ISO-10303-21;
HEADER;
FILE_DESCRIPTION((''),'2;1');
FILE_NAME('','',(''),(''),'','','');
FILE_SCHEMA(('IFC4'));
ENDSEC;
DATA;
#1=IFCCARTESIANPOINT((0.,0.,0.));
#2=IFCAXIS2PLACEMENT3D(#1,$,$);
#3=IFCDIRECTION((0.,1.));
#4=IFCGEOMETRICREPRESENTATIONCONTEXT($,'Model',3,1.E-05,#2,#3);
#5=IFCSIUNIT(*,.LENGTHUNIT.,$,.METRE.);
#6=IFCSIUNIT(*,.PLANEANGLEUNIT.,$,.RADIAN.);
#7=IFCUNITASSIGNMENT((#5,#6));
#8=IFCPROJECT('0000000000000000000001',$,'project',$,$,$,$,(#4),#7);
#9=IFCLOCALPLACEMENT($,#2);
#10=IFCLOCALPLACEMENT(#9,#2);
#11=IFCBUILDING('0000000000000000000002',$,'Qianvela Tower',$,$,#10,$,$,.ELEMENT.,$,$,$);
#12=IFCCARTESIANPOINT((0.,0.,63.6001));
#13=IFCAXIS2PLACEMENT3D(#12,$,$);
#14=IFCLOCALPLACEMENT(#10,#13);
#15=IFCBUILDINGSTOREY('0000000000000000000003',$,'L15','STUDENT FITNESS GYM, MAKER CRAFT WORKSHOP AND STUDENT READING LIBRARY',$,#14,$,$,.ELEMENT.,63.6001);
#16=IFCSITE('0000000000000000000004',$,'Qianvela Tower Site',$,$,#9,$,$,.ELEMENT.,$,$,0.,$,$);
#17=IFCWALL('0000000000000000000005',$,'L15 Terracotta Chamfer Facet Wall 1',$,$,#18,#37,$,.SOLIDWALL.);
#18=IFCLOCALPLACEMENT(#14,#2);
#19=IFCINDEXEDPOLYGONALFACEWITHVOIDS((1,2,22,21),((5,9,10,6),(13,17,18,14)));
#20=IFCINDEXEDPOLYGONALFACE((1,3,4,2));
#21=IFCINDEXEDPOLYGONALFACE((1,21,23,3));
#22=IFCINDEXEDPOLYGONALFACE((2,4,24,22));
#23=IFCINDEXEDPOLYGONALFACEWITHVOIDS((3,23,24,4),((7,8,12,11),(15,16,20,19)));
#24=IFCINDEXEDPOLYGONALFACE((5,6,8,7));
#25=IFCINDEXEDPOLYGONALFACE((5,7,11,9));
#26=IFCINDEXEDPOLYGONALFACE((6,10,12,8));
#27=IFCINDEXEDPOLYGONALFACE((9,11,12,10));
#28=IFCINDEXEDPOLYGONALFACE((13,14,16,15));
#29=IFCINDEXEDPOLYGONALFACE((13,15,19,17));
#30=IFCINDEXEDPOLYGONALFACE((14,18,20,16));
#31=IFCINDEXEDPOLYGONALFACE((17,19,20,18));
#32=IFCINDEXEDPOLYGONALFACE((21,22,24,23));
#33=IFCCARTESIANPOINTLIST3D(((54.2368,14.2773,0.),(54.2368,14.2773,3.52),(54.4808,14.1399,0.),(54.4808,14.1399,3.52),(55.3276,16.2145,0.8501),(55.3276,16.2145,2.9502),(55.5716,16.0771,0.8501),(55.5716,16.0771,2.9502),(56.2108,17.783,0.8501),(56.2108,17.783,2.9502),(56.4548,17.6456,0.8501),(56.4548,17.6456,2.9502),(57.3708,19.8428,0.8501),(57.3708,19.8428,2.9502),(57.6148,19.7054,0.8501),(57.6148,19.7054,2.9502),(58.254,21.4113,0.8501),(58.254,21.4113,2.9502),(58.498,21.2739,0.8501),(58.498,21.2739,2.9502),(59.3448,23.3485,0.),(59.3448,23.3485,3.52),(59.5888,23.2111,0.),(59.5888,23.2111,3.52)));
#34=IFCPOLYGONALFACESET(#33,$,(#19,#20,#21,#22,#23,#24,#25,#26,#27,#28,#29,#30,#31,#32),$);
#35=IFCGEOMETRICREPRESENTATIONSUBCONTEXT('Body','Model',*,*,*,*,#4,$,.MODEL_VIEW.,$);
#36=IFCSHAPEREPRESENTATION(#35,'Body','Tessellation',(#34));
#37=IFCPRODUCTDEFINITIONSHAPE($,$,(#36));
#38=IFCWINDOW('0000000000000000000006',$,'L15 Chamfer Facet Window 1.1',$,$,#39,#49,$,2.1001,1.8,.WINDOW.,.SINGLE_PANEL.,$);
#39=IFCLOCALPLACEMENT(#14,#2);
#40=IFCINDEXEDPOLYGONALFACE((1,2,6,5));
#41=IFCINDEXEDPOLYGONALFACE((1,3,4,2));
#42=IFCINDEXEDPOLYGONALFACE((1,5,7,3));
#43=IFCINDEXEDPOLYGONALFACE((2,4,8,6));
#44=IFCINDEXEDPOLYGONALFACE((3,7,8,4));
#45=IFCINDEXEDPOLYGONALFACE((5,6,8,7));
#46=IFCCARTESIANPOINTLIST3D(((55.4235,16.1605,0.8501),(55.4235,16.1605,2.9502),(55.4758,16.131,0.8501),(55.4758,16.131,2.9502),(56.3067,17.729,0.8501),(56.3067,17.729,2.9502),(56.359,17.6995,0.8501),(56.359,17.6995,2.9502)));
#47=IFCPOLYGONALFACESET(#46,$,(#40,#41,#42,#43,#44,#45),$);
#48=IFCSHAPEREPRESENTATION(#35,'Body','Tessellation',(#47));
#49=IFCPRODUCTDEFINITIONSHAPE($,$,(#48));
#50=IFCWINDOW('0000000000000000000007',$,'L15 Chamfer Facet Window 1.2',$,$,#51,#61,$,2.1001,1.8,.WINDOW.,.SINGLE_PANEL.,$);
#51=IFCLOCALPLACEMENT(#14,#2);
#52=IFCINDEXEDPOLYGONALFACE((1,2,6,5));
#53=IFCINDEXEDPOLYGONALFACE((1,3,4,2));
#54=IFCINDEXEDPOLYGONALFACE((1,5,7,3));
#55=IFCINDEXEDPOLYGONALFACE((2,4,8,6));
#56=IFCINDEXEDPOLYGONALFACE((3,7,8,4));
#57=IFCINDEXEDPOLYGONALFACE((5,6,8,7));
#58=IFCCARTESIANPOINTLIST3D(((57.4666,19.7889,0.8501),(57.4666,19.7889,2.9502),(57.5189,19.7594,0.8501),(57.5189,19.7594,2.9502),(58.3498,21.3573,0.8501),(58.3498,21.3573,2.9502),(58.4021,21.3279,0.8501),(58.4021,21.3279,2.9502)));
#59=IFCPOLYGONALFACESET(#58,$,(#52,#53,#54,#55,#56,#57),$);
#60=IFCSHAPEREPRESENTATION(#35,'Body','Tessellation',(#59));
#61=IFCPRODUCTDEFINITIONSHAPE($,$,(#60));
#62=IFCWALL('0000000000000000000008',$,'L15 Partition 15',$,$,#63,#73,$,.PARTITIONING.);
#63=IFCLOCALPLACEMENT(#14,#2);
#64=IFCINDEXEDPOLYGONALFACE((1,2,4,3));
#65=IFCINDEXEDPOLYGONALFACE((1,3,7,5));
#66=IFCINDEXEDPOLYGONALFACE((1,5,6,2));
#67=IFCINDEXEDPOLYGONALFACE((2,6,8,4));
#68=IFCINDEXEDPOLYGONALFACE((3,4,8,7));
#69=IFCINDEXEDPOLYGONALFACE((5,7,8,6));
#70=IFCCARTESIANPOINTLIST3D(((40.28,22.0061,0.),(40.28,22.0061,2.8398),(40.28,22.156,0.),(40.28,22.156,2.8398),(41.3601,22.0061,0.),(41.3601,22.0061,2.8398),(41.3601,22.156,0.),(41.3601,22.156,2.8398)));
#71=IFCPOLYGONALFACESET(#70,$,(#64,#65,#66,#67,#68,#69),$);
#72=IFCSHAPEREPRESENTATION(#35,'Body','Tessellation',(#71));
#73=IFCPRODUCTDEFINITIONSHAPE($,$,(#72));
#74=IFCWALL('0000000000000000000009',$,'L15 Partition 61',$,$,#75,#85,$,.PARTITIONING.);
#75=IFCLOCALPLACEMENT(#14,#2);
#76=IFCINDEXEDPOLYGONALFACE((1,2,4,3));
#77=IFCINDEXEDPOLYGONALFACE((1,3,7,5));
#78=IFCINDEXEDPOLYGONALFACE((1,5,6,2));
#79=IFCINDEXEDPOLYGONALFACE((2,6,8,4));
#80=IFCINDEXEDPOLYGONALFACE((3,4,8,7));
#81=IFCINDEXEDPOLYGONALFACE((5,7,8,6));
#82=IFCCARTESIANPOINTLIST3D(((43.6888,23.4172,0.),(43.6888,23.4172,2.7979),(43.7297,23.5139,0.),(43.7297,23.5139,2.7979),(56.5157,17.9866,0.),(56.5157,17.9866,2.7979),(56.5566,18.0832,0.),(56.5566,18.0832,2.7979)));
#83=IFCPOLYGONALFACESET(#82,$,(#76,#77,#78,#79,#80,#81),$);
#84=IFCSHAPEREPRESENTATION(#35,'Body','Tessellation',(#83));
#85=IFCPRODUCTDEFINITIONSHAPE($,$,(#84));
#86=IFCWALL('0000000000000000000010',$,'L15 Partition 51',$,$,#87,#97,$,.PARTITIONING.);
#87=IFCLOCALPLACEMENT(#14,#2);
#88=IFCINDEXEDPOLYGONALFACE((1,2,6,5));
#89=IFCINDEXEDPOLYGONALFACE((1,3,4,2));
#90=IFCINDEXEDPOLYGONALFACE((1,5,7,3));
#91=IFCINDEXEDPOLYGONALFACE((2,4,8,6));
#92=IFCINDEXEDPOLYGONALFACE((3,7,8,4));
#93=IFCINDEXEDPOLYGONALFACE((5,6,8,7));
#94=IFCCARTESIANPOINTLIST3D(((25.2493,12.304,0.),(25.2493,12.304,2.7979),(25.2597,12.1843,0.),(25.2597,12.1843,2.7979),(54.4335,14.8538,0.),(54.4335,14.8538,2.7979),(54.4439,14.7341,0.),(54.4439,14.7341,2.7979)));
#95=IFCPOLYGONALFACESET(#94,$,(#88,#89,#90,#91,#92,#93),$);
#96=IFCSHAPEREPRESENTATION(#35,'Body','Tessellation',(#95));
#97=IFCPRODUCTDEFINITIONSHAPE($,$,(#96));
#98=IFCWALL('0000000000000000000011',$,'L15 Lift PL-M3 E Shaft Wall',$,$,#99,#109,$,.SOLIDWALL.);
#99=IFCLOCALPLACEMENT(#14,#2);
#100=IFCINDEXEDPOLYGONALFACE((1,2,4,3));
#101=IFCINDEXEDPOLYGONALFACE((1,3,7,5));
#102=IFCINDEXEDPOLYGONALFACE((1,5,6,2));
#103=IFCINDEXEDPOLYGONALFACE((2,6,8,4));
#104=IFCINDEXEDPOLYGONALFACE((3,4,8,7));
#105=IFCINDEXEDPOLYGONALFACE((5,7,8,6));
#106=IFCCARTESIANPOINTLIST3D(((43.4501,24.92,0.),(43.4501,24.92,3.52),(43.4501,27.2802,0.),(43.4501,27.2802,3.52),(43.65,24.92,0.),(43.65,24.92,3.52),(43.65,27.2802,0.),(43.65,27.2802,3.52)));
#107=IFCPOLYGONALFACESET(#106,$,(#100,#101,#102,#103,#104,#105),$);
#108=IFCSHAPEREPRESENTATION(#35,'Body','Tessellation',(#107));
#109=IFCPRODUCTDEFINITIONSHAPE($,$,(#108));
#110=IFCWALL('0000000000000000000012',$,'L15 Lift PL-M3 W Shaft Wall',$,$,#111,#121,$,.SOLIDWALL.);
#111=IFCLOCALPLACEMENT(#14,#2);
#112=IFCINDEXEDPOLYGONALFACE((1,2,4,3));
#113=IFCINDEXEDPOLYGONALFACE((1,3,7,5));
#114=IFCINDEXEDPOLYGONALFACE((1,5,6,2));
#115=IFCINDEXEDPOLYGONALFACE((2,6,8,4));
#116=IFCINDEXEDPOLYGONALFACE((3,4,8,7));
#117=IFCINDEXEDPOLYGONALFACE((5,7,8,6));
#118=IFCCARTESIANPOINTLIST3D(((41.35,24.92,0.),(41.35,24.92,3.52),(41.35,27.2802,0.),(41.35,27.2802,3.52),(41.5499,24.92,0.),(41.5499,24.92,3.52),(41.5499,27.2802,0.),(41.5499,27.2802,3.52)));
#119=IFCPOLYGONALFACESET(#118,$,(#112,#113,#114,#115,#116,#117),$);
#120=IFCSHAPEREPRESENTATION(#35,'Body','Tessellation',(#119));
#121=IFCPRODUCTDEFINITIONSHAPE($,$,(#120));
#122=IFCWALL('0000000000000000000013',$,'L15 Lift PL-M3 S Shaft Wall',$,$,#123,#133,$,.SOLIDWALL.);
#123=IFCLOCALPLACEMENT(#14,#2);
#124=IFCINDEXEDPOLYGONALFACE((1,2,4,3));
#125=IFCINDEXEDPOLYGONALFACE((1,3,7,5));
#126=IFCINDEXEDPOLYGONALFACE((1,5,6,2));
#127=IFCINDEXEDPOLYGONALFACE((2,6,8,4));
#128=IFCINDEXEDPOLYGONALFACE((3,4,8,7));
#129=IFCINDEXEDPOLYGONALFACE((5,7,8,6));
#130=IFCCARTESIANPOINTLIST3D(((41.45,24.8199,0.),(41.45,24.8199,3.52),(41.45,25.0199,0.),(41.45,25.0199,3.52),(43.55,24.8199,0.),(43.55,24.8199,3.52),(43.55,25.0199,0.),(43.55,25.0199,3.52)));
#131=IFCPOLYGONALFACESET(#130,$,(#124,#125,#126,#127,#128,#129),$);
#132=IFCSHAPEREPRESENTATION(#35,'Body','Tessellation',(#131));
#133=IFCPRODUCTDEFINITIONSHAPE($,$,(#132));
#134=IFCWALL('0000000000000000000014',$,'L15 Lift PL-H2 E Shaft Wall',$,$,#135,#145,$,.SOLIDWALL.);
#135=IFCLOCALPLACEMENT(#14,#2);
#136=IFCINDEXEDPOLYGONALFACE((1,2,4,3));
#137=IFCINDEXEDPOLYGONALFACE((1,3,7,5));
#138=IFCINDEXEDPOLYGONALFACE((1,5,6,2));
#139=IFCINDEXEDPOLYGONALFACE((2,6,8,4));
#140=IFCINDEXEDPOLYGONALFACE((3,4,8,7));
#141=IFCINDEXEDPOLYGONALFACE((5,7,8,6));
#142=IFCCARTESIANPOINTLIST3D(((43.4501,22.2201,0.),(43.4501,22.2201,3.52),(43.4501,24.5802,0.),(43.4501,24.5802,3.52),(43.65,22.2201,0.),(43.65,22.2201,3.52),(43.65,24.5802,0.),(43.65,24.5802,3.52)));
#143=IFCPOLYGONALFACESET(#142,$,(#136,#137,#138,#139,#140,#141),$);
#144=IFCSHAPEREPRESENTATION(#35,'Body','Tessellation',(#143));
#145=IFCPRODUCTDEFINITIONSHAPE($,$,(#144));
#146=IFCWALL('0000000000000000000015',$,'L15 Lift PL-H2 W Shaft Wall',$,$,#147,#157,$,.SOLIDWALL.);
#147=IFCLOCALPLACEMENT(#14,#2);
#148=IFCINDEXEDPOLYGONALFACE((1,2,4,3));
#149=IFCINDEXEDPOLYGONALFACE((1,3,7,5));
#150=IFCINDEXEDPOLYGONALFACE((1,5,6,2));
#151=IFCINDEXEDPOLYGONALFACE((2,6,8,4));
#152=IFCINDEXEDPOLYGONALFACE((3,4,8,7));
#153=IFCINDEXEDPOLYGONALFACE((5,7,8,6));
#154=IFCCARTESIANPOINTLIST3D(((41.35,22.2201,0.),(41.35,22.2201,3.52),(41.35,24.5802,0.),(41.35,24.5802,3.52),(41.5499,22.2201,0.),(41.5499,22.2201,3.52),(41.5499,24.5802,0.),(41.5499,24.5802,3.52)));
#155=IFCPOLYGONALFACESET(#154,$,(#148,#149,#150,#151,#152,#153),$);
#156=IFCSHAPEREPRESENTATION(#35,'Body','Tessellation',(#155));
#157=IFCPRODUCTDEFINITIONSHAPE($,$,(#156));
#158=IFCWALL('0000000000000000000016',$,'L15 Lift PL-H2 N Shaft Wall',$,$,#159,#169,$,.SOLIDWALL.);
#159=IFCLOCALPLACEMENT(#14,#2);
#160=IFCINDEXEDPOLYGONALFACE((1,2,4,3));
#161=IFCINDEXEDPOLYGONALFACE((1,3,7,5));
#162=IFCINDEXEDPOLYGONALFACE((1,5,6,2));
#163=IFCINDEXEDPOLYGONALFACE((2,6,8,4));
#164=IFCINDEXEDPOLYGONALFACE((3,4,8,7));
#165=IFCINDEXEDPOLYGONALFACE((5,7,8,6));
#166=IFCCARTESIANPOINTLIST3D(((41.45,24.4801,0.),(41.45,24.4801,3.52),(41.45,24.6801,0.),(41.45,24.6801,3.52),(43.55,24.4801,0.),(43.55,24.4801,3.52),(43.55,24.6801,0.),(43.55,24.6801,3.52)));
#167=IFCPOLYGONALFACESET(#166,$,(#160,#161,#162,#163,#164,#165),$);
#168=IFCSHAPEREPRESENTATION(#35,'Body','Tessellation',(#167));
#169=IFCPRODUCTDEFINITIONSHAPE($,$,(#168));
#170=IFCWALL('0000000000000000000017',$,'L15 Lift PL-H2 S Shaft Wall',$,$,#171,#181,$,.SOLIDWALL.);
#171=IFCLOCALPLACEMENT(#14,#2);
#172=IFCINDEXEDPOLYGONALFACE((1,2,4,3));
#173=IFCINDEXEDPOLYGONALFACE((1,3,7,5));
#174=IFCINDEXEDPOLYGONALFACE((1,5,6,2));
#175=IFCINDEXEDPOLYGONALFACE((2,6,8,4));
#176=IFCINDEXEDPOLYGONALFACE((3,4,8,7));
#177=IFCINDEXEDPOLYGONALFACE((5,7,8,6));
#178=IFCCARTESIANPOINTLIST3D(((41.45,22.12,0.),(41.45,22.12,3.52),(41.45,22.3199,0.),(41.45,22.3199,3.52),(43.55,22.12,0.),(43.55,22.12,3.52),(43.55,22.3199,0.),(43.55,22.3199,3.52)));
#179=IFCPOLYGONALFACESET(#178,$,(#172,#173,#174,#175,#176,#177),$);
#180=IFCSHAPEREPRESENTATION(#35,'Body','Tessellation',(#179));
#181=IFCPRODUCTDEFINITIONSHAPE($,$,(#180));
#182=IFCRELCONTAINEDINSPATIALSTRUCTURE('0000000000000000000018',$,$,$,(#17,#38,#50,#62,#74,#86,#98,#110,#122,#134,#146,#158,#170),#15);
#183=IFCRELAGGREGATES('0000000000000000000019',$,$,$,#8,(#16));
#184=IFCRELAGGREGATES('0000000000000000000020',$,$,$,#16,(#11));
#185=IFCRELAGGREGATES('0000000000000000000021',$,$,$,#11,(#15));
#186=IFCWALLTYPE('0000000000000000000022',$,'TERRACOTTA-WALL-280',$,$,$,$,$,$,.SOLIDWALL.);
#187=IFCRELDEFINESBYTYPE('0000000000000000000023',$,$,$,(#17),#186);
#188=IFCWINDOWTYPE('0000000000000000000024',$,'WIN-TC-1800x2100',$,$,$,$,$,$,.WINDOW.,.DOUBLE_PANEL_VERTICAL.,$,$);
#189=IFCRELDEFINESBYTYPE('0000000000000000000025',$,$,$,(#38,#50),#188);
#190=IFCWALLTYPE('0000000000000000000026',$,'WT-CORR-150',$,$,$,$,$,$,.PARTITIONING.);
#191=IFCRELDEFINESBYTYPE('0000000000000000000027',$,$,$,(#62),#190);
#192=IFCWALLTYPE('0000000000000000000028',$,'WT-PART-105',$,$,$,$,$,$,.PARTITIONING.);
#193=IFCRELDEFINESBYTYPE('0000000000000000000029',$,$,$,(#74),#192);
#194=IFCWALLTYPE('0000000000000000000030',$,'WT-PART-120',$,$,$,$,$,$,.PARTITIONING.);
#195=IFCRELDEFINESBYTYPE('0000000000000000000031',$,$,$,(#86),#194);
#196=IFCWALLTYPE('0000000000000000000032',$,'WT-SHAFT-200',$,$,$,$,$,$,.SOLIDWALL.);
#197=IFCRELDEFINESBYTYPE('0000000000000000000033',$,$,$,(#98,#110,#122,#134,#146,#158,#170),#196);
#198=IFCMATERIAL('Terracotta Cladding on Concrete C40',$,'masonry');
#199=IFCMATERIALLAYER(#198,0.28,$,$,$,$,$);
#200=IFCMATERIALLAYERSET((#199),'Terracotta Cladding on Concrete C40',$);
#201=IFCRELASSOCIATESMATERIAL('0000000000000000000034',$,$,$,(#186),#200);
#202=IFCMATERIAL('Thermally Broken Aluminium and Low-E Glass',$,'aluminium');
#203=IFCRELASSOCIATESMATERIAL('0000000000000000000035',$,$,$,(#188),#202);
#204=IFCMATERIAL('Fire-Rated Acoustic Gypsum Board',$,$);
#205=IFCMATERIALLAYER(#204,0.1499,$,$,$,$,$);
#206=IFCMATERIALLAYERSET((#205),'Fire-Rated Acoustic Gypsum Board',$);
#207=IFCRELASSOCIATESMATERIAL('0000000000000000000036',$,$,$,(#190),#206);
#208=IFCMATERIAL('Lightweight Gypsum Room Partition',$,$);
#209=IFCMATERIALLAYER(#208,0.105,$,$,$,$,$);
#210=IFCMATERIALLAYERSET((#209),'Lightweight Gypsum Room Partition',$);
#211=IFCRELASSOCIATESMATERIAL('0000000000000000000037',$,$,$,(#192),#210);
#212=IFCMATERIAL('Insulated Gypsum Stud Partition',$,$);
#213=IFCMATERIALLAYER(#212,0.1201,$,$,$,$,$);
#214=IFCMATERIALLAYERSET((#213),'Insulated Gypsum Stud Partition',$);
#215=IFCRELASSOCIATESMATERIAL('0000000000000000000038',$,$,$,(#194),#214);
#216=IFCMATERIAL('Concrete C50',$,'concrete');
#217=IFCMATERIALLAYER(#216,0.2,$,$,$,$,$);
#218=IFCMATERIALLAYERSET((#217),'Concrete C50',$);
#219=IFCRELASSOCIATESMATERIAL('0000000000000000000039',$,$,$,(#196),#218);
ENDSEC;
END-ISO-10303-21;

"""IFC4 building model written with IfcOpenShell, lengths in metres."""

from ifc_helpers import new_model, si_unit, direction, frame, frame_2d, origin, place, context, subcontext, project, spatial, rectangle, extrude, material, layer, layer_set, type_object, element, fill, save


model = new_model("IFC4")

# Units and contexts
model_context = context("Model", 3, precision=1e-05, world=origin(), true_north=direction((0.0, 1.0)))
body_context = subcontext(model_context, "Body", "Model", "MODEL_VIEW")
ifc_project = project(units=[si_unit("LENGTHUNIT", "METRE"), si_unit("PLANEANGLEUNIT", "RADIAN")], contexts=[model_context])

# Site, building, storey
site_placement = place(None, origin())
site = spatial("IfcSite", under=ifc_project, at=site_placement, Name="Qianvela Tower Site", CompositionType="ELEMENT", RefElevation=0.0)
building_placement = place(site_placement, origin())
building = spatial("IfcBuilding", under=site, at=building_placement, Name="Qianvela Tower", CompositionType="ELEMENT")
storey_placement = place(building_placement, frame((0.0, 0.0, 63.6001)))
storey = spatial("IfcBuildingStorey", under=building, at=storey_placement, Name="L15", Description="STUDENT FITNESS GYM, MAKER CRAFT WORKSHOP AND STUDENT READING LIBRARY", CompositionType="ELEMENT", Elevation=63.6001)

# Wall, openings, windows
ifc_material_1 = material(Name="Terracotta Cladding on Concrete C40", Category="masonry")
ifc_layer_1 = layer(ifc_material_1, 0.28)
ifc_layer_set_1 = layer_set([ifc_layer_1], Name="Terracotta Cladding on Concrete C40")
wall_type_1 = type_object("IfcWallType", Name="TERRACOTTA-WALL-280", PredefinedType="SOLIDWALL", material=ifc_layer_set_1)
wall_1_placement = place(storey_placement, frame((54.3589, 14.2087, 0.0), z_axis=(0.0, 0.0, 1.0), x_axis=(0.490659, 0.871352, 0.0)))
wall_1 = element("IfcWall", 1, at=wall_1_placement, inside=storey, type_object=wall_type_1, Name="L15 Terracotta Chamfer Facet Wall 1", PredefinedType="SOLIDWALL", context=body_context, shape_type="SweptSolid", body=[
    extrude(rectangle(XDim=10.4104, YDim=0.28, at=frame_2d((5.2051, 0.0))), origin(), (0.0, 0.0, 1.0), 3.52),
])
opening_1_placement = place(wall_1_placement, frame((2.2231, 0.0, 0.8501)))
opening_1 = element("IfcOpeningElement", 2, at=opening_1_placement, cuts=wall_1, PredefinedType="OPENING", context=body_context, shape_type="SweptSolid", body=[
    extrude(rectangle(XDim=1.8, YDim=2.1001, at=frame_2d((0.8999, 1.05))), frame((0.0, 0.1499, 0.0), z_axis=(0.0, -1.0, 0.0), x_axis=(1.0, 0.0, 0.0)), (0.0, 0.0, 1.0), 0.3),
])
opening_2_placement = place(wall_1_placement, frame((6.3872, 0.0, 0.8501)))
opening_2 = element("IfcOpeningElement", 3, at=opening_2_placement, cuts=wall_1, PredefinedType="OPENING", context=body_context, shape_type="SweptSolid", body=[
    extrude(rectangle(XDim=1.8, YDim=2.1001, at=frame_2d((0.8999, 1.05))), frame((0.0, 0.1499, 0.0), z_axis=(0.0, -1.0, 0.0), x_axis=(1.0, 0.0, 0.0)), (0.0, 0.0, 1.0), 0.3),
])
ifc_material_2 = material(Name="Thermally Broken Aluminium and Low-E Glass", Category="aluminium")
window_type = type_object("IfcWindowType", Name="WIN-TC-1800x2100", PartitioningType="DOUBLE_PANEL_VERTICAL", PredefinedType="WINDOW", material=ifc_material_2)
window_1_placement = place(opening_1_placement, origin())
window_1 = element("IfcWindow", 4, at=window_1_placement, inside=storey, type_object=window_type, Name="L15 Chamfer Facet Window 1.1", OverallHeight=2.1001, OverallWidth=1.8, PartitioningType="SINGLE_PANEL", PredefinedType="WINDOW", context=body_context, shape_type="SweptSolid", body=[
    extrude(rectangle(XDim=1.8, YDim=2.1001, at=frame_2d((0.8999, 1.05))), frame((0.0, 0.03, 0.0), z_axis=(0.0, -1.0, 0.0), x_axis=(1.0, 0.0, 0.0)), (0.0, 0.0, 1.0), 0.0601),
])
fill(opening_1, window_1)
window_2_placement = place(opening_2_placement, origin())
window_2 = element("IfcWindow", 5, at=window_2_placement, inside=storey, type_object=window_type, Name="L15 Chamfer Facet Window 1.2", OverallHeight=2.1001, OverallWidth=1.8, PartitioningType="SINGLE_PANEL", PredefinedType="WINDOW", context=body_context, shape_type="SweptSolid", body=[
    extrude(rectangle(XDim=1.8, YDim=2.1001, at=frame_2d((0.8999, 1.05))), frame((0.0, 0.03, 0.0), z_axis=(0.0, -1.0, 0.0), x_axis=(1.0, 0.0, 0.0)), (0.0, 0.0, 1.0), 0.0601),
])
fill(opening_2, window_2)

# Walls
ifc_material_3 = material(Name="Fire-Rated Acoustic Gypsum Board")
ifc_layer_2 = layer(ifc_material_3, 0.1499)
ifc_layer_set_2 = layer_set([ifc_layer_2], Name="Fire-Rated Acoustic Gypsum Board")
wall_type_2 = type_object("IfcWallType", Name="WT-CORR-150", PredefinedType="PARTITIONING", material=ifc_layer_set_2)
wall_2_placement = place(storey_placement, frame((41.3601, 22.0811, 0.0), z_axis=(0.0, 0.0, 1.0), x_axis=(-1.0, 0.0, 0.0)))
element("IfcWall", 6, at=wall_2_placement, inside=storey, type_object=wall_type_2, Name="L15 Partition 15", PredefinedType="PARTITIONING", context=body_context, shape_type="SweptSolid", body=[
    extrude(rectangle(XDim=1.0801, YDim=0.1499, at=frame_2d((0.54, 0.0))), origin(), (0.0, 0.0, 1.0), 2.8398),
])
ifc_material_4 = material(Name="Lightweight Gypsum Room Partition")
ifc_layer_3 = layer(ifc_material_4, 0.105)
ifc_layer_set_3 = layer_set([ifc_layer_3], Name="Lightweight Gypsum Room Partition")
wall_type_3 = type_object("IfcWallType", Name="WT-PART-105", PredefinedType="PARTITIONING", material=ifc_layer_set_3)
wall_3_placement = place(storey_placement, frame((43.7092, 23.4656, 0.0), z_axis=(0.0, 0.0, 1.0), x_axis=(0.920867, -0.389877, 0.0)))
element("IfcWall", 7, at=wall_3_placement, inside=storey, type_object=wall_type_3, Name="L15 Partition 61", PredefinedType="PARTITIONING", context=body_context, shape_type="SweptSolid", body=[
    extrude(rectangle(XDim=13.9292, YDim=0.105, at=frame_2d((6.9646, 0.0))), origin(), (0.0, 0.0, 1.0), 2.7979),
])
ifc_material_5 = material(Name="Insulated Gypsum Stud Partition")
ifc_layer_4 = layer(ifc_material_5, 0.1201)
ifc_layer_set_4 = layer_set([ifc_layer_4], Name="Insulated Gypsum Stud Partition")
wall_type_4 = type_object("IfcWallType", Name="WT-PART-120", PredefinedType="PARTITIONING", material=ifc_layer_set_4)
wall_4_placement = place(storey_placement, frame((54.4387, 14.7939, 0.0), z_axis=(0.0, 0.0, 1.0), x_axis=(-0.996205, -0.087037, 0.0)))
element("IfcWall", 8, at=wall_4_placement, inside=storey, type_object=wall_type_4, Name="L15 Partition 51", PredefinedType="PARTITIONING", context=body_context, shape_type="SweptSolid", body=[
    extrude(rectangle(XDim=29.2954, YDim=0.1201, at=frame_2d((14.6477, 0.0))), origin(), (0.0, 0.0, 1.0), 2.7979),
])
ifc_material_6 = material(Name="Concrete C50", Category="concrete")
ifc_layer_5 = layer(ifc_material_6, 0.2)
ifc_layer_set_5 = layer_set([ifc_layer_5], Name="Concrete C50")
wall_type_5 = type_object("IfcWallType", Name="WT-SHAFT-200", PredefinedType="SOLIDWALL", material=ifc_layer_set_5)
for number, where, z_axis, x_axis, name in (
    (9, (43.55, 24.9199, 0.0), (0.0, 0.0, 1.0), (0.0, 1.0, 0.0), "L15 Lift PL-M3 E Shaft Wall"),
    (10, (41.45, 24.9199, 0.0), (0.0, 0.0, 1.0), (0.0, 1.0, 0.0), "L15 Lift PL-M3 W Shaft Wall"),
):
    element("IfcWall", number, at=place(storey_placement, frame(where, z_axis=z_axis, x_axis=x_axis)), inside=storey, type_object=wall_type_5, Name=name, PredefinedType="SOLIDWALL", context=body_context, shape_type="SweptSolid", body=[
        extrude(rectangle(XDim=2.3601, YDim=0.2, at=frame_2d((1.1802, 0.0))), origin(), (0.0, 0.0, 1.0), 3.52),
    ])
wall_5_placement = place(storey_placement, frame((41.45, 24.9199, 0.0), z_axis=(0.0, 0.0, 1.0), x_axis=(1.0, 0.0, 0.0)))
element("IfcWall", 11, at=wall_5_placement, inside=storey, type_object=wall_type_5, Name="L15 Lift PL-M3 S Shaft Wall", PredefinedType="SOLIDWALL", context=body_context, shape_type="SweptSolid", body=[
    extrude(rectangle(XDim=2.1001, YDim=0.2, at=frame_2d((1.05, 0.0))), origin(), (0.0, 0.0, 1.0), 3.52),
])
for number, where, z_axis, x_axis, name in (
    (12, (43.55, 22.22, 0.0), (0.0, 0.0, 1.0), (0.0, 1.0, 0.0), "L15 Lift PL-H2 E Shaft Wall"),
    (13, (41.45, 22.22, 0.0), (0.0, 0.0, 1.0), (0.0, 1.0, 0.0), "L15 Lift PL-H2 W Shaft Wall"),
):
    element("IfcWall", number, at=place(storey_placement, frame(where, z_axis=z_axis, x_axis=x_axis)), inside=storey, type_object=wall_type_5, Name=name, PredefinedType="SOLIDWALL", context=body_context, shape_type="SweptSolid", body=[
        extrude(rectangle(XDim=2.3601, YDim=0.2, at=frame_2d((1.1802, 0.0))), origin(), (0.0, 0.0, 1.0), 3.52),
    ])
for number, where, z_axis, x_axis, name in (
    (14, (41.45, 24.5801, 0.0), (0.0, 0.0, 1.0), (1.0, 0.0, 0.0), "L15 Lift PL-H2 N Shaft Wall"),
    (15, (41.45, 22.22, 0.0), (0.0, 0.0, 1.0), (1.0, 0.0, 0.0), "L15 Lift PL-H2 S Shaft Wall"),
):
    element("IfcWall", number, at=place(storey_placement, frame(where, z_axis=z_axis, x_axis=x_axis)), inside=storey, type_object=wall_type_5, Name=name, PredefinedType="SOLIDWALL", context=body_context, shape_type="SweptSolid", body=[
        extrude(rectangle(XDim=2.1001, YDim=0.2, at=frame_2d((1.05, 0.0))), origin(), (0.0, 0.0, 1.0), 3.52),
    ])

save(model, "model.ifc")
